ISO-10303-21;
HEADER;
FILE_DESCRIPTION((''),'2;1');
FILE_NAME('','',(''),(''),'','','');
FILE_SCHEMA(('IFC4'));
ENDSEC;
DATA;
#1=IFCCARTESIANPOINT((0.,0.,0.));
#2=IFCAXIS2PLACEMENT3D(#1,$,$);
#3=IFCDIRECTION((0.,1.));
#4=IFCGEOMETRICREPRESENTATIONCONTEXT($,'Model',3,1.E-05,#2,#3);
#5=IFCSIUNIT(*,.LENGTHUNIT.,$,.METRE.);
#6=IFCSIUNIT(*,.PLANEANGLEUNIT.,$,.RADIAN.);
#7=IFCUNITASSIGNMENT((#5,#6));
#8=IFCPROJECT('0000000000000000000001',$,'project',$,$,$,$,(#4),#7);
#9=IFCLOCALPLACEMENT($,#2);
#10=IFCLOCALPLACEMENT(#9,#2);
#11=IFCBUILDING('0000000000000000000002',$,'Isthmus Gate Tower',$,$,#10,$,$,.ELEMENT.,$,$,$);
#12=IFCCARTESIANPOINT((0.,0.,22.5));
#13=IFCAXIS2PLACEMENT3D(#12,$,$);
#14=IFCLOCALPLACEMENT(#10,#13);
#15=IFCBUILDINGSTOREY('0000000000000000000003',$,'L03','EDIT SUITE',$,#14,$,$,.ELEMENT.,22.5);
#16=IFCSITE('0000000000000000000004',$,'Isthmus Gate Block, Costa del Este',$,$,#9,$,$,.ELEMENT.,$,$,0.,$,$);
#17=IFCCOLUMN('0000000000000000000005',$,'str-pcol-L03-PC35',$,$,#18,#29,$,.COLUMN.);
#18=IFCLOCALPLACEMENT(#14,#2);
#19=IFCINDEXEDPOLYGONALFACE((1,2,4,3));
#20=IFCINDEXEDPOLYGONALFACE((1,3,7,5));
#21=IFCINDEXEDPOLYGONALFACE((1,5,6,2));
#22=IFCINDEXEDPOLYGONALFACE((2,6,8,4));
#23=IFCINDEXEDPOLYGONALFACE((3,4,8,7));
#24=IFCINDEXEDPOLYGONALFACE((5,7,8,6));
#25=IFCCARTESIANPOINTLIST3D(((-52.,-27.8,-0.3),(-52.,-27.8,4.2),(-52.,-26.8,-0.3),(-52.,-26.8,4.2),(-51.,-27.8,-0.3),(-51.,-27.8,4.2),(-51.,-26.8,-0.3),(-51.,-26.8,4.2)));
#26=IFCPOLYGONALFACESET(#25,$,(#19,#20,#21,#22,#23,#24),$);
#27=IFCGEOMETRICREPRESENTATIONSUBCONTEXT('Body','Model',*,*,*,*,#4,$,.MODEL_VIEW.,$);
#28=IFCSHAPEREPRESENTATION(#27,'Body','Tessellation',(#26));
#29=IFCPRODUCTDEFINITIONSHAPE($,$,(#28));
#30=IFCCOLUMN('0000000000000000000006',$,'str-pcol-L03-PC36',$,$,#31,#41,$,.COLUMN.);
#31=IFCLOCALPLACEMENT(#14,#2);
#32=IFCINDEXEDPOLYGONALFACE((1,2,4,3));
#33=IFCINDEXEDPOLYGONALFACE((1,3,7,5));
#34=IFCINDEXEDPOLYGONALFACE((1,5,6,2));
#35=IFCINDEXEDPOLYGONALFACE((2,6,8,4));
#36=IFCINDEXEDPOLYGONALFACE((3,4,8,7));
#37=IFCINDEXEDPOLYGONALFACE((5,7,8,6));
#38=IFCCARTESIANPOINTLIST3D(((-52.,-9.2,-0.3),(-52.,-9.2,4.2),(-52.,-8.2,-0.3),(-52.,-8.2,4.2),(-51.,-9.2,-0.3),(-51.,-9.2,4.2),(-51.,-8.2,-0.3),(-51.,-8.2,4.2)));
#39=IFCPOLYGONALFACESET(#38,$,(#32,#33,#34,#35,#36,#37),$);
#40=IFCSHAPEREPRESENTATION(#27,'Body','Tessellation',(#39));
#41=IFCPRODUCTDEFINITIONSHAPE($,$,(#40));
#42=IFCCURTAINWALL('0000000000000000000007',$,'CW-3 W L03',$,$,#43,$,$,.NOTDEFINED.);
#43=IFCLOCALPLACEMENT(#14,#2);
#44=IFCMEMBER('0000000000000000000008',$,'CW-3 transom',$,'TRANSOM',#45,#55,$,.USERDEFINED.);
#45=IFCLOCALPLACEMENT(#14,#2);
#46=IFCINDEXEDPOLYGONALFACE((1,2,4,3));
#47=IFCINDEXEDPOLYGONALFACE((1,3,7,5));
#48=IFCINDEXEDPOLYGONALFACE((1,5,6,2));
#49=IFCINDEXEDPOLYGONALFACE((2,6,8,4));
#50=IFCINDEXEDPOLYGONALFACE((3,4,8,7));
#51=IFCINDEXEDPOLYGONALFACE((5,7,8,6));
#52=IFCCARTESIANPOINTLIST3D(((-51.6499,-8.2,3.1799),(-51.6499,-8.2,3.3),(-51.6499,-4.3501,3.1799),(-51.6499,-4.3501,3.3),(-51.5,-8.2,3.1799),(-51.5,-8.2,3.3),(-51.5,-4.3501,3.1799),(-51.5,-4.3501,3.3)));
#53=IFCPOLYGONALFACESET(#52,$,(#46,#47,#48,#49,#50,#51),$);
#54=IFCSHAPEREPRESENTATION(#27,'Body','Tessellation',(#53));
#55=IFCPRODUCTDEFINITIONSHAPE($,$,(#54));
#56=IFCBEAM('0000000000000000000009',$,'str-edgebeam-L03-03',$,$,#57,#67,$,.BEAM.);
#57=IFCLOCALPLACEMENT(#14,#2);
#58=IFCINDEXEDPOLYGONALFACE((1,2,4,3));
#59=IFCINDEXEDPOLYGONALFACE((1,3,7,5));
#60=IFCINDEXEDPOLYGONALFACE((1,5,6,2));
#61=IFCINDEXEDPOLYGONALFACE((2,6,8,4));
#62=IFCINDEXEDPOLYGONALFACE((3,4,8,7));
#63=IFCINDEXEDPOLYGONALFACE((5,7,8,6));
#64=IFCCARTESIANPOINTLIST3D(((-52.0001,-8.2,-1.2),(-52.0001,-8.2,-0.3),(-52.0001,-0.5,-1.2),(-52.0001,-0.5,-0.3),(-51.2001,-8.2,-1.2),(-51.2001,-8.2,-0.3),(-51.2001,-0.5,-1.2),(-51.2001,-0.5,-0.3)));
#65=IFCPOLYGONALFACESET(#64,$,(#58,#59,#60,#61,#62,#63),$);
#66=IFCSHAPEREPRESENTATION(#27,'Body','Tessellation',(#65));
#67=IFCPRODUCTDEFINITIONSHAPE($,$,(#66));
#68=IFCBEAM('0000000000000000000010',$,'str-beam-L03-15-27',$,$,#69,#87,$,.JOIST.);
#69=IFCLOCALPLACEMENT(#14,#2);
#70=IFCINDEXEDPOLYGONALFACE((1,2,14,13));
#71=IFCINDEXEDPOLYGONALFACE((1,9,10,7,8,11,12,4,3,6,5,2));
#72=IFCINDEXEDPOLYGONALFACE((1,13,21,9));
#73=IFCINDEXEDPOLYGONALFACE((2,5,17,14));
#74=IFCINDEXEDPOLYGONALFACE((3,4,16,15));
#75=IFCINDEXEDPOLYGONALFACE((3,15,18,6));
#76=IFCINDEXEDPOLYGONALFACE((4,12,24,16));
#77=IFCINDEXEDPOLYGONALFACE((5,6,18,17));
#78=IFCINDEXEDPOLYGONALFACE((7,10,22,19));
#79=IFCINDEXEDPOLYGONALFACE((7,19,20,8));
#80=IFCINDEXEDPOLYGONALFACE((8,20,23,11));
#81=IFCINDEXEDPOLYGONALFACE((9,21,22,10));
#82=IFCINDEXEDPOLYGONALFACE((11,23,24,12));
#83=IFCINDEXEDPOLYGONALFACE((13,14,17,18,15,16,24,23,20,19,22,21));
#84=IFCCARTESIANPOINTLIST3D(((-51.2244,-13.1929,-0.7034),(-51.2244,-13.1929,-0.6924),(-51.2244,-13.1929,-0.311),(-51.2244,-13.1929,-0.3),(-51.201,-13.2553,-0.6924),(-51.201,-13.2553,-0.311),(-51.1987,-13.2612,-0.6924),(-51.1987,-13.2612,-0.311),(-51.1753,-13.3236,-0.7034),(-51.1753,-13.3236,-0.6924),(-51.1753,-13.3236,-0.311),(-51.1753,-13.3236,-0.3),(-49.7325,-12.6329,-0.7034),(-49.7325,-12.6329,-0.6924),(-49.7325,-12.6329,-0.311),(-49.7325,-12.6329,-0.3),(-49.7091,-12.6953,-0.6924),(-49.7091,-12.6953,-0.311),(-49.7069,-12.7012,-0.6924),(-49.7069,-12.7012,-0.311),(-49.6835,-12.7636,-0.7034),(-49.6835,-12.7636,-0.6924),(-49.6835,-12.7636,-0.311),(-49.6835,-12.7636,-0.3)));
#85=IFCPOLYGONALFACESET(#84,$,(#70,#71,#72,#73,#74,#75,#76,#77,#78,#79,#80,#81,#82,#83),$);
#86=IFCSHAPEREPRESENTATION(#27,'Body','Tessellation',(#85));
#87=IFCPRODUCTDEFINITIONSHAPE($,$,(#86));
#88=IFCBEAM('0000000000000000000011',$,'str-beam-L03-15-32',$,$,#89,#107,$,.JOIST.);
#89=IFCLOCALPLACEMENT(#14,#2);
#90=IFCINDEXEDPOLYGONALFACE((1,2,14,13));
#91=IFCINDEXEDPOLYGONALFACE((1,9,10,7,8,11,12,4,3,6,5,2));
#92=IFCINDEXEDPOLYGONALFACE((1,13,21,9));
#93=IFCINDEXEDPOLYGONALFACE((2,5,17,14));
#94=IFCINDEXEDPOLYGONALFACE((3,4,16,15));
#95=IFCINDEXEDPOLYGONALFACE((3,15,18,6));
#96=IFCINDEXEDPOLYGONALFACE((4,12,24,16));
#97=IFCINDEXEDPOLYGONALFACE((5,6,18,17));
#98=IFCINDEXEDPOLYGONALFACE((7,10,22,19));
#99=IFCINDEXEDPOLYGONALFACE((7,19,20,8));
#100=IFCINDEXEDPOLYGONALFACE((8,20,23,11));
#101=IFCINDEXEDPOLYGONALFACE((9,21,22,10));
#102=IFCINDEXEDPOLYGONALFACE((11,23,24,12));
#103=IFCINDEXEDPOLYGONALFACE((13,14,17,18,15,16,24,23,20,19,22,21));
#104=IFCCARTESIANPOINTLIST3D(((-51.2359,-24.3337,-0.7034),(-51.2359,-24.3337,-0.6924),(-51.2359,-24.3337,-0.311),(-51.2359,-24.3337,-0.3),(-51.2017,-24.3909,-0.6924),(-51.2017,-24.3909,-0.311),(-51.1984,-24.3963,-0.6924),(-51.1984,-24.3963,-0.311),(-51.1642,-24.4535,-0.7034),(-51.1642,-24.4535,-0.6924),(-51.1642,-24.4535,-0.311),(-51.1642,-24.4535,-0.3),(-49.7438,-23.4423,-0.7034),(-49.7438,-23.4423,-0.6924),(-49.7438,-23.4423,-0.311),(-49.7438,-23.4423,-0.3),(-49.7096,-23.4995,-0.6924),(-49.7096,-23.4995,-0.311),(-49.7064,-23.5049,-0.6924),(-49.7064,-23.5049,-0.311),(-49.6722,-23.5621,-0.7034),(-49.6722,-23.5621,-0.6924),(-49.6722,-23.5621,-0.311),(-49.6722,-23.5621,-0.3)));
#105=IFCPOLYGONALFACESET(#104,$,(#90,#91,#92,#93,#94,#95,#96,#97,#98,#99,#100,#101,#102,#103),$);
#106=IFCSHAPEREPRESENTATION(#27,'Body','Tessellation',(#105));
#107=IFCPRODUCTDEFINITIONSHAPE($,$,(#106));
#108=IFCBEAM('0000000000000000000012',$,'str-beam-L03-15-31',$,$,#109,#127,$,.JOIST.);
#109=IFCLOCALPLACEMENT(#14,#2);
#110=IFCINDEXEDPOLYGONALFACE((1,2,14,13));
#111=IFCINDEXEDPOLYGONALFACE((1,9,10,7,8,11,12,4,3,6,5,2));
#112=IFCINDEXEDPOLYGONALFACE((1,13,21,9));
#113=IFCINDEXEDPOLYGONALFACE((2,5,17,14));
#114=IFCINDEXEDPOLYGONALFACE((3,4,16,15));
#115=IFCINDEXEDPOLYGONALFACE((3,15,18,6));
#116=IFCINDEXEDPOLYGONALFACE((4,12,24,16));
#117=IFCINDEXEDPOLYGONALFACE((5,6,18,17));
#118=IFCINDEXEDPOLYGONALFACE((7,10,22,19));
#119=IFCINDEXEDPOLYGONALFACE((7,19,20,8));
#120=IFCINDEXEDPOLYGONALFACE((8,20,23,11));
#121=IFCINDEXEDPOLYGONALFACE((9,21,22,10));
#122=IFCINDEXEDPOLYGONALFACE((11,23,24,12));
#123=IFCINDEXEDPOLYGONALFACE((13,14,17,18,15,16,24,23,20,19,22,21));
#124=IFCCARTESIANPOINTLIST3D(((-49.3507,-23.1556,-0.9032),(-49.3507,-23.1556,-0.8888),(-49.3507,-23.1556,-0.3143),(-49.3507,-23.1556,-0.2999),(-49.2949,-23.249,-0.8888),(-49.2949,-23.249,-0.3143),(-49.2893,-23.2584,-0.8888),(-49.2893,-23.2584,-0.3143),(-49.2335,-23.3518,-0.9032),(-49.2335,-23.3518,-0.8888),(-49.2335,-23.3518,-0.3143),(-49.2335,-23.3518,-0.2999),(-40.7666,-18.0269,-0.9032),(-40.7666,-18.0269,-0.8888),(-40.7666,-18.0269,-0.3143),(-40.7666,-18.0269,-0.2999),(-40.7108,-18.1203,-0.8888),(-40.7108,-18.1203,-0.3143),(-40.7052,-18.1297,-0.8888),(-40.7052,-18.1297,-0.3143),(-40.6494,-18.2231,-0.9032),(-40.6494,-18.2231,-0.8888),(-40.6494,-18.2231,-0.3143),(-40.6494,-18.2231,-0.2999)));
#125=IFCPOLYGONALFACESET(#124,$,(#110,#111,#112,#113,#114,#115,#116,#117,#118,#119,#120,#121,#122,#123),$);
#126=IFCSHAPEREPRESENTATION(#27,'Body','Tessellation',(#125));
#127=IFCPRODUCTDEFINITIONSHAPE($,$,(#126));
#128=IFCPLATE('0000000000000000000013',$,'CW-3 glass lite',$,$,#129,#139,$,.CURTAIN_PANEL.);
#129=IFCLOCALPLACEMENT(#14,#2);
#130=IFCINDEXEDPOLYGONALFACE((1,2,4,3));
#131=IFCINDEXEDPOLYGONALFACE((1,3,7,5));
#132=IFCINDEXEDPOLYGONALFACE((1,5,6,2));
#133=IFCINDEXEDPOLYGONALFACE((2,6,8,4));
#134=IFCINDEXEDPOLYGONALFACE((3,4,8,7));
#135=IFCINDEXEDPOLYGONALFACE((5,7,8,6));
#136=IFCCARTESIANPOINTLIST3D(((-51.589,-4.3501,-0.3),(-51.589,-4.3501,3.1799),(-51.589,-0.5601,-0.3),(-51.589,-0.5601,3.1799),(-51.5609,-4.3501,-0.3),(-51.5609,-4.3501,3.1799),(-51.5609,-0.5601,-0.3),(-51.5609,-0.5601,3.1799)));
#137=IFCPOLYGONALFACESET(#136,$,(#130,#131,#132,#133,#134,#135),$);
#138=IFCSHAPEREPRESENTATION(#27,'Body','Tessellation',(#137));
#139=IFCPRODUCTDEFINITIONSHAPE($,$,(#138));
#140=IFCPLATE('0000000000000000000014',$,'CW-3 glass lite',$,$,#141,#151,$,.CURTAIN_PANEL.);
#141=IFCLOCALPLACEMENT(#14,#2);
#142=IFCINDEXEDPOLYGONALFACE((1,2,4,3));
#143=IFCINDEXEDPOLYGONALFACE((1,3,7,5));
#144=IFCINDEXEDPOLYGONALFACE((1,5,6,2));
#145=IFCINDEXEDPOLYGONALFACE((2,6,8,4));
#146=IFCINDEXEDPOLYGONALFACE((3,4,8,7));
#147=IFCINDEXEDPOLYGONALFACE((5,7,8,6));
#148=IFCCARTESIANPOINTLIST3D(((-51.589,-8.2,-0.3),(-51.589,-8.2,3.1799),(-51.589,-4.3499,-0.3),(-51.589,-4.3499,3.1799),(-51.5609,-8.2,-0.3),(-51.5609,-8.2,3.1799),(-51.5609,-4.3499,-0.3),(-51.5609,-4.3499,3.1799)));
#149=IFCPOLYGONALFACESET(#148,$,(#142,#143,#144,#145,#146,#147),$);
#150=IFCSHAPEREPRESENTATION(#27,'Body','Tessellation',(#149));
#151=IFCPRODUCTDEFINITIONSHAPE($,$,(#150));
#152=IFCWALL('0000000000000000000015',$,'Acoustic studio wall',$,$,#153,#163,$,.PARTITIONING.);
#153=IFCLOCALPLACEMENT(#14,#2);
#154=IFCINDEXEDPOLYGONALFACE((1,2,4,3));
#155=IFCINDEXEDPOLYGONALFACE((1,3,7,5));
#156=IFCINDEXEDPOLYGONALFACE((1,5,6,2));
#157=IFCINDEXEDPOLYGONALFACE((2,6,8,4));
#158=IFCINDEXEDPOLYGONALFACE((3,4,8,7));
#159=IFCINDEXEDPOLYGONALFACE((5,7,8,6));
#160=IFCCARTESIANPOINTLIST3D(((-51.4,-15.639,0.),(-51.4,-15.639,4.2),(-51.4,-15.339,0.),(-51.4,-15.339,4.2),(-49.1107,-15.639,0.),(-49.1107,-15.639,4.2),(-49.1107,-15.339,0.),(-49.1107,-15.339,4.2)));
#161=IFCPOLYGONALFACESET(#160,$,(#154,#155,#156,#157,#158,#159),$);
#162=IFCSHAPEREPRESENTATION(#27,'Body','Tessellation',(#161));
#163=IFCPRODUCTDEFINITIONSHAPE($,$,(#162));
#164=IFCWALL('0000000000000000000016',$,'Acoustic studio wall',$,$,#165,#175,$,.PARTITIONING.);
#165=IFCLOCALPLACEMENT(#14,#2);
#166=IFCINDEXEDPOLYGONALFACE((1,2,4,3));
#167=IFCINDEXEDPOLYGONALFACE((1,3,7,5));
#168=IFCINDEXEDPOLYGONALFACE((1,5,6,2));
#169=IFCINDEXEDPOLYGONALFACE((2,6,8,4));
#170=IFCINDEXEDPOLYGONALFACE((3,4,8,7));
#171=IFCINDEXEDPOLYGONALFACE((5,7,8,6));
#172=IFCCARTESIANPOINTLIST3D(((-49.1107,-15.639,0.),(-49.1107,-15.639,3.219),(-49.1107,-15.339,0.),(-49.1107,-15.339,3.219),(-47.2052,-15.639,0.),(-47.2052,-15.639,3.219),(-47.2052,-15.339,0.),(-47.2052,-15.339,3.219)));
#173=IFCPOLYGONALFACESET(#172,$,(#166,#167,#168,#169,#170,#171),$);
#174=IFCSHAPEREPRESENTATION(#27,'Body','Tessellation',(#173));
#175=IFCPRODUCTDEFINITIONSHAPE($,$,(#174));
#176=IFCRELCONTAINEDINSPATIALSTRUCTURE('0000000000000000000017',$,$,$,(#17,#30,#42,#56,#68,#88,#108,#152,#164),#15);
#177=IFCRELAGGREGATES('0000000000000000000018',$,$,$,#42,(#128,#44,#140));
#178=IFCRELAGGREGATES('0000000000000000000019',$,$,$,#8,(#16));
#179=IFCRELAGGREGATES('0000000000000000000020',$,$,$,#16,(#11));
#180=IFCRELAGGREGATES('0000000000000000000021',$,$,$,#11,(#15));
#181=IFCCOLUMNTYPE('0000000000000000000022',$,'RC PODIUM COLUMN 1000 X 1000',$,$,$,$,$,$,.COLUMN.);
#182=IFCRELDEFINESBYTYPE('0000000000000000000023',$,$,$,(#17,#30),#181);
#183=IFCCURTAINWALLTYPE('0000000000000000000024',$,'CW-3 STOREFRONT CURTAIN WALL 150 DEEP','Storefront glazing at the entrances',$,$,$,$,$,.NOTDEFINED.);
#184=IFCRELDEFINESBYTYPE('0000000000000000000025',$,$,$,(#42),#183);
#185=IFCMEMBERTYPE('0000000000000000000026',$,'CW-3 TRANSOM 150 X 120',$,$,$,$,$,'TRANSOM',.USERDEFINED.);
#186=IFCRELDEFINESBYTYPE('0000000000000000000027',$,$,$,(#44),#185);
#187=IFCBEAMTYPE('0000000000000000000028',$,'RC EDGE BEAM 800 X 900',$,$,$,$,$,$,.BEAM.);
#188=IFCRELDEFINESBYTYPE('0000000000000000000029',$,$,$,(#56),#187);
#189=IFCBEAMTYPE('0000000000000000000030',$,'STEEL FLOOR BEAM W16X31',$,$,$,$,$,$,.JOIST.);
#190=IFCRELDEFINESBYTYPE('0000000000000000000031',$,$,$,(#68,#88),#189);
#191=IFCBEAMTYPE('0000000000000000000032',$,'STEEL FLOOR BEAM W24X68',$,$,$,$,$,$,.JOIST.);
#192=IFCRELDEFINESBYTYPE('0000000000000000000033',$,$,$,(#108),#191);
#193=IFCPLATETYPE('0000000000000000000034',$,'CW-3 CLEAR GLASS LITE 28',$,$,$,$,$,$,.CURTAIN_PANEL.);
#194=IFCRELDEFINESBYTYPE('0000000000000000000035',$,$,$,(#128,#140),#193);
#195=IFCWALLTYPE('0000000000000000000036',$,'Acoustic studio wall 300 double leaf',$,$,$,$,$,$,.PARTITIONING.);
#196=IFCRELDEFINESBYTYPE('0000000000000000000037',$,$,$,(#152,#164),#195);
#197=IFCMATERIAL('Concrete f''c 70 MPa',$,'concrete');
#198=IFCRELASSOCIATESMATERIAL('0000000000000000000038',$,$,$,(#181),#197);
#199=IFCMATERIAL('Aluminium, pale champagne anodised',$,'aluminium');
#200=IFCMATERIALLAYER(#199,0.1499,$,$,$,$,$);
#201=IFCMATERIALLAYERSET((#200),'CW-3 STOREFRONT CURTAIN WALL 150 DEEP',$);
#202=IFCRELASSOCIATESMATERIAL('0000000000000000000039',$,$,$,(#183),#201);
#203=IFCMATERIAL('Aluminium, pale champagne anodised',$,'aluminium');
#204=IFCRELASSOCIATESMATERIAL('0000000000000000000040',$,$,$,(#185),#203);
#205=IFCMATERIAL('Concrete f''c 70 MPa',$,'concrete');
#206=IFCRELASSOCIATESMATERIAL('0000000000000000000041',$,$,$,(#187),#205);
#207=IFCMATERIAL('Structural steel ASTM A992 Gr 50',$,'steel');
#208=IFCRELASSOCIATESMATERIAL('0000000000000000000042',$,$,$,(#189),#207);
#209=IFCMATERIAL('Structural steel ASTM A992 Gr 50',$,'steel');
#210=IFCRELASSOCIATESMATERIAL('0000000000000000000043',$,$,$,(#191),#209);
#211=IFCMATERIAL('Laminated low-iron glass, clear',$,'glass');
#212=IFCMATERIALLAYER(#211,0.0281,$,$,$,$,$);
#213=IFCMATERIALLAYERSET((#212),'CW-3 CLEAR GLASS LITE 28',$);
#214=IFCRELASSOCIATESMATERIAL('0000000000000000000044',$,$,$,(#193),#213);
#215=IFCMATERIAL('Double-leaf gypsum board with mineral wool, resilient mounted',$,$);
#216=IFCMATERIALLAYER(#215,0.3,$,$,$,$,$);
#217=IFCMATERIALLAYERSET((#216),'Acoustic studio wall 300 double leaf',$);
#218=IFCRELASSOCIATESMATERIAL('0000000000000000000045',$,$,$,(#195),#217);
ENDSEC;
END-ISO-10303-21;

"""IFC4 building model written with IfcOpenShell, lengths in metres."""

from ifc_helpers import new_model, si_unit, direction, frame, frame_2d, origin, origin_2d, place, context, subcontext, project, spatial, rectangle, i_section, extrude, material, layer, layer_set, material_profile, profile_set, type_object, element, aggregate, save


model = new_model("IFC4")

# Units and contexts
model_context = context("Model", 3, precision=1e-05, world=origin(), true_north=direction((0.0, 1.0)))
body_context = subcontext(model_context, "Body", "Model", "MODEL_VIEW")
ifc_project = project(units=[si_unit("LENGTHUNIT", "METRE"), si_unit("PLANEANGLEUNIT", "RADIAN")], contexts=[model_context])

# Site, building, storey
site_placement = place(None, origin())
site = spatial("IfcSite", under=ifc_project, at=site_placement, Name="Isthmus Gate Block, Costa del Este", CompositionType="ELEMENT", RefElevation=0.0)
building_placement = place(site_placement, origin())
building = spatial("IfcBuilding", under=site, at=building_placement, Name="Isthmus Gate Tower", CompositionType="ELEMENT")
storey_placement = place(building_placement, frame((0.0, 0.0, 22.5)))
storey = spatial("IfcBuildingStorey", under=building, at=storey_placement, Name="L03", Description="EDIT SUITE", CompositionType="ELEMENT", Elevation=22.5)

# Columns
ifc_material_1 = material(Name="Concrete f'c 70 MPa", Category="concrete")
ifc_material_profile_1 = material_profile(ifc_material_1, rectangle(XDim=1.0, YDim=1.0, at=origin_2d()), Name="RC 1000X1000")
ifc_profile_set_1 = profile_set([ifc_material_profile_1], Name="Concrete f'c 70 MPa")
column_type = type_object("IfcColumnType", Name="RC PODIUM COLUMN 1000 X 1000", PredefinedType="COLUMN", material=ifc_profile_set_1)
for number, where, z_axis, x_axis, name in (
    (1, (-51.5, -27.3, -0.3), (0.0, 0.0, 1.0), (0.0, 1.0, 0.0), "str-pcol-L03-PC35"),
    (2, (-51.5, -8.7, -0.3), (0.0, 0.0, 1.0), (0.0, 1.0, 0.0), "str-pcol-L03-PC36"),
):
    element("IfcColumn", number, at=place(storey_placement, frame(where, z_axis=z_axis, x_axis=x_axis)), inside=storey, type_object=column_type, Name=name, PredefinedType="COLUMN", context=body_context, shape_type="SweptSolid", body=[
        extrude(rectangle(XDim=1.0, YDim=1.0, at=origin_2d()), origin(), (0.0, 0.0, 1.0), 4.5),
    ])

# Curtain wall, member
ifc_material_2 = material(Name="Aluminium, pale champagne anodised", Category="aluminium")
ifc_layer_1 = layer(ifc_material_2, 0.1499)
ifc_layer_set_1 = layer_set([ifc_layer_1], Name="CW-3 STOREFRONT CURTAIN WALL 150 DEEP")
curtain_wall_type = type_object("IfcCurtainWallType", Name="CW-3 STOREFRONT CURTAIN WALL 150 DEEP", Description="Storefront glazing at the entrances", PredefinedType="NOTDEFINED", material=ifc_layer_set_1)
curtain_wall_placement = place(storey_placement, origin())
curtain_wall = element("IfcCurtainWall", 3, at=curtain_wall_placement, inside=storey, type_object=curtain_wall_type, Name="CW-3 W L03", PredefinedType="NOTDEFINED")
ifc_material_3 = material(Name="Aluminium, pale champagne anodised", Category="aluminium")
ifc_material_profile_2 = material_profile(ifc_material_3, rectangle(XDim=0.1499, YDim=0.1201, at=origin_2d()), Name="150x120")
ifc_profile_set_2 = profile_set([ifc_material_profile_2], Name="Aluminium, pale champagne anodised")
member_type = type_object("IfcMemberType", Name="CW-3 TRANSOM 150 X 120", ElementType="TRANSOM", PredefinedType="USERDEFINED", material=ifc_profile_set_2)
member_placement = place(storey_placement, frame((-51.575, -4.3501, 3.24), z_axis=(0.0, -1.0, 0.0), x_axis=(1.0, 0.0, 0.0)))
member = element("IfcMember", 4, at=member_placement, type_object=member_type, Name="CW-3 transom", ObjectType="TRANSOM", PredefinedType="USERDEFINED", context=body_context, shape_type="SweptSolid", body=[
    extrude(rectangle(XDim=0.1499, YDim=0.1201, at=origin_2d()), origin(), (0.0, 0.0, 1.0), 3.8499),
])

# Beams
ifc_material_4 = material(Name="Concrete f'c 70 MPa", Category="concrete")
ifc_material_profile_3 = material_profile(ifc_material_4, rectangle(XDim=0.8, YDim=0.8999, at=origin_2d()), Name="RC 800X900")
ifc_profile_set_3 = profile_set([ifc_material_profile_3], Name="Concrete f'c 70 MPa")
beam_type_1 = type_object("IfcBeamType", Name="RC EDGE BEAM 800 X 900", PredefinedType="BEAM", material=ifc_profile_set_3)
beam_1_placement = place(storey_placement, frame((-51.6001, -8.2, -0.75), z_axis=(0.0, 1.0, 0.0), x_axis=(-1.0, 0.0, 0.0)))
element("IfcBeam", 5, at=beam_1_placement, inside=storey, type_object=beam_type_1, Name="str-edgebeam-L03-03", PredefinedType="BEAM", context=body_context, shape_type="SweptSolid", body=[
    extrude(rectangle(XDim=0.8, YDim=0.8999, at=origin_2d()), origin(), (0.0, 0.0, 1.0), 7.7),
])
ifc_material_5 = material(Name="Structural steel ASTM A992 Gr 50", Category="steel")
ifc_material_profile_4 = material_profile(ifc_material_5, i_section(OverallWidth=0.1396, OverallDepth=0.4033, WebThickness=0.0063, FlangeThickness=0.011, at=origin_2d()), Name="W16X31")
ifc_profile_set_4 = profile_set([ifc_material_profile_4], Name="Structural steel ASTM A992 Gr 50")
beam_type_2 = type_object("IfcBeamType", Name="STEEL FLOOR BEAM W16X31", PredefinedType="JOIST", material=ifc_profile_set_4)
beam_2_placement = place(storey_placement, frame((-49.708, -12.6982, -0.5017), z_axis=(-0.93621, -0.351442, 0.0), x_axis=(0.351442, -0.93621, 0.0)))
element("IfcBeam", 6, at=beam_2_placement, inside=storey, type_object=beam_type_2, Name="str-beam-L03-15-27", PredefinedType="JOIST", context=body_context, shape_type="SweptSolid", body=[
    extrude(i_section(OverallWidth=0.1396, OverallDepth=0.4033, WebThickness=0.0063, FlangeThickness=0.011, at=origin_2d()), origin(), (0.0, 0.0, 1.0), 1.5935),
])
beam_3_placement = place(storey_placement, frame((-49.708, -23.5022, -0.5017), z_axis=(-0.858458, -0.512883, 0.0), x_axis=(0.512883, -0.858458, 0.0)))
element("IfcBeam", 7, at=beam_3_placement, inside=storey, type_object=beam_type_2, Name="str-beam-L03-15-32", PredefinedType="JOIST", context=body_context, shape_type="SweptSolid", body=[
    extrude(i_section(OverallWidth=0.1396, OverallDepth=0.4033, WebThickness=0.0063, FlangeThickness=0.011, at=origin_2d()), origin(), (0.0, 0.0, 1.0), 1.738),
])
ifc_material_6 = material(Name="Structural steel ASTM A992 Gr 50", Category="steel")
ifc_material_profile_5 = material_profile(ifc_material_6, i_section(OverallWidth=0.2285, OverallDepth=0.6033, WebThickness=0.011, FlangeThickness=0.0144, at=origin_2d()), Name="W24X68")
ifc_profile_set_5 = profile_set([ifc_material_profile_5], Name="Structural steel ASTM A992 Gr 50")
beam_type_3 = type_object("IfcBeamType", Name="STEEL FLOOR BEAM W24X68", PredefinedType="JOIST", material=ifc_profile_set_5)
beam_4_placement = place(storey_placement, frame((-40.708, -18.125, -0.6016), z_axis=(-0.85845, -0.512897, 0.0), x_axis=(0.512897, -0.85845, 0.0)))
element("IfcBeam", 8, at=beam_4_placement, inside=storey, type_object=beam_type_3, Name="str-beam-L03-15-31", PredefinedType="JOIST", context=body_context, shape_type="SweptSolid", body=[
    extrude(i_section(OverallWidth=0.2285, OverallDepth=0.6033, WebThickness=0.011, FlangeThickness=0.0144, at=origin_2d()), origin(), (0.0, 0.0, 1.0), 9.9995),
])

# Plates
ifc_material_7 = material(Name="Laminated low-iron glass, clear", Category="glass")
ifc_layer_2 = layer(ifc_material_7, 0.0281)
ifc_layer_set_2 = layer_set([ifc_layer_2], Name="CW-3 CLEAR GLASS LITE 28")
plate_type = type_object("IfcPlateType", Name="CW-3 CLEAR GLASS LITE 28", PredefinedType="CURTAIN_PANEL", material=ifc_layer_set_2)
plate_1_placement = place(storey_placement, frame((-51.575, -2.4551, -0.3), z_axis=(0.0, 0.0, 1.0), x_axis=(0.0, -1.0, 0.0)))
plate_1 = element("IfcPlate", 9, at=plate_1_placement, type_object=plate_type, Name="CW-3 glass lite", PredefinedType="CURTAIN_PANEL", context=body_context, shape_type="SweptSolid", body=[
    extrude(rectangle(XDim=3.79, YDim=0.0281, at=origin_2d()), origin(), (0.0, 0.0, 1.0), 3.48),
])
plate_2_placement = place(storey_placement, frame((-51.575, -6.2749, -0.3), z_axis=(0.0, 0.0, 1.0), x_axis=(0.0, -1.0, 0.0)))
plate_2 = element("IfcPlate", 10, at=plate_2_placement, type_object=plate_type, Name="CW-3 glass lite", PredefinedType="CURTAIN_PANEL", context=body_context, shape_type="SweptSolid", body=[
    extrude(rectangle(XDim=3.8501, YDim=0.0281, at=origin_2d()), origin(), (0.0, 0.0, 1.0), 3.48),
])
aggregate(curtain_wall, [plate_1, member, plate_2])

# Walls
ifc_material_8 = material(Name="Double-leaf gypsum board with mineral wool, resilient mounted")
ifc_layer_3 = layer(ifc_material_8, 0.3)
ifc_layer_set_3 = layer_set([ifc_layer_3], Name="Acoustic studio wall 300 double leaf")
wall_type_1 = type_object("IfcWallType", Name="Acoustic studio wall 300 double leaf", PredefinedType="PARTITIONING", material=ifc_layer_set_3)
wall_1_placement = place(storey_placement, frame((-51.3999, -15.489, 0.0), z_axis=(0.0, 0.0, 1.0), x_axis=(1.0, 0.0, 0.0)))
element("IfcWall", 11, at=wall_1_placement, inside=storey, type_object=wall_type_1, Name="Acoustic studio wall", PredefinedType="PARTITIONING", context=body_context, shape_type="SweptSolid", body=[
    extrude(rectangle(XDim=2.2893, YDim=0.3, at=frame_2d((1.1445, 0.0))), origin(), (0.0, 0.0, 1.0), 4.2),
])
wall_2_placement = place(storey_placement, frame((-49.1106, -15.489, 0.0), z_axis=(0.0, 0.0, 1.0), x_axis=(1.0, 0.0, 0.0)))
element("IfcWall", 12, at=wall_2_placement, inside=storey, type_object=wall_type_1, Name="Acoustic studio wall", PredefinedType="PARTITIONING", context=body_context, shape_type="SweptSolid", body=[
    extrude(rectangle(XDim=1.9055, YDim=0.3, at=frame_2d((0.9526, 0.0))), origin(), (0.0, 0.0, 1.0), 3.219),
])

save(model, "model.ifc")
